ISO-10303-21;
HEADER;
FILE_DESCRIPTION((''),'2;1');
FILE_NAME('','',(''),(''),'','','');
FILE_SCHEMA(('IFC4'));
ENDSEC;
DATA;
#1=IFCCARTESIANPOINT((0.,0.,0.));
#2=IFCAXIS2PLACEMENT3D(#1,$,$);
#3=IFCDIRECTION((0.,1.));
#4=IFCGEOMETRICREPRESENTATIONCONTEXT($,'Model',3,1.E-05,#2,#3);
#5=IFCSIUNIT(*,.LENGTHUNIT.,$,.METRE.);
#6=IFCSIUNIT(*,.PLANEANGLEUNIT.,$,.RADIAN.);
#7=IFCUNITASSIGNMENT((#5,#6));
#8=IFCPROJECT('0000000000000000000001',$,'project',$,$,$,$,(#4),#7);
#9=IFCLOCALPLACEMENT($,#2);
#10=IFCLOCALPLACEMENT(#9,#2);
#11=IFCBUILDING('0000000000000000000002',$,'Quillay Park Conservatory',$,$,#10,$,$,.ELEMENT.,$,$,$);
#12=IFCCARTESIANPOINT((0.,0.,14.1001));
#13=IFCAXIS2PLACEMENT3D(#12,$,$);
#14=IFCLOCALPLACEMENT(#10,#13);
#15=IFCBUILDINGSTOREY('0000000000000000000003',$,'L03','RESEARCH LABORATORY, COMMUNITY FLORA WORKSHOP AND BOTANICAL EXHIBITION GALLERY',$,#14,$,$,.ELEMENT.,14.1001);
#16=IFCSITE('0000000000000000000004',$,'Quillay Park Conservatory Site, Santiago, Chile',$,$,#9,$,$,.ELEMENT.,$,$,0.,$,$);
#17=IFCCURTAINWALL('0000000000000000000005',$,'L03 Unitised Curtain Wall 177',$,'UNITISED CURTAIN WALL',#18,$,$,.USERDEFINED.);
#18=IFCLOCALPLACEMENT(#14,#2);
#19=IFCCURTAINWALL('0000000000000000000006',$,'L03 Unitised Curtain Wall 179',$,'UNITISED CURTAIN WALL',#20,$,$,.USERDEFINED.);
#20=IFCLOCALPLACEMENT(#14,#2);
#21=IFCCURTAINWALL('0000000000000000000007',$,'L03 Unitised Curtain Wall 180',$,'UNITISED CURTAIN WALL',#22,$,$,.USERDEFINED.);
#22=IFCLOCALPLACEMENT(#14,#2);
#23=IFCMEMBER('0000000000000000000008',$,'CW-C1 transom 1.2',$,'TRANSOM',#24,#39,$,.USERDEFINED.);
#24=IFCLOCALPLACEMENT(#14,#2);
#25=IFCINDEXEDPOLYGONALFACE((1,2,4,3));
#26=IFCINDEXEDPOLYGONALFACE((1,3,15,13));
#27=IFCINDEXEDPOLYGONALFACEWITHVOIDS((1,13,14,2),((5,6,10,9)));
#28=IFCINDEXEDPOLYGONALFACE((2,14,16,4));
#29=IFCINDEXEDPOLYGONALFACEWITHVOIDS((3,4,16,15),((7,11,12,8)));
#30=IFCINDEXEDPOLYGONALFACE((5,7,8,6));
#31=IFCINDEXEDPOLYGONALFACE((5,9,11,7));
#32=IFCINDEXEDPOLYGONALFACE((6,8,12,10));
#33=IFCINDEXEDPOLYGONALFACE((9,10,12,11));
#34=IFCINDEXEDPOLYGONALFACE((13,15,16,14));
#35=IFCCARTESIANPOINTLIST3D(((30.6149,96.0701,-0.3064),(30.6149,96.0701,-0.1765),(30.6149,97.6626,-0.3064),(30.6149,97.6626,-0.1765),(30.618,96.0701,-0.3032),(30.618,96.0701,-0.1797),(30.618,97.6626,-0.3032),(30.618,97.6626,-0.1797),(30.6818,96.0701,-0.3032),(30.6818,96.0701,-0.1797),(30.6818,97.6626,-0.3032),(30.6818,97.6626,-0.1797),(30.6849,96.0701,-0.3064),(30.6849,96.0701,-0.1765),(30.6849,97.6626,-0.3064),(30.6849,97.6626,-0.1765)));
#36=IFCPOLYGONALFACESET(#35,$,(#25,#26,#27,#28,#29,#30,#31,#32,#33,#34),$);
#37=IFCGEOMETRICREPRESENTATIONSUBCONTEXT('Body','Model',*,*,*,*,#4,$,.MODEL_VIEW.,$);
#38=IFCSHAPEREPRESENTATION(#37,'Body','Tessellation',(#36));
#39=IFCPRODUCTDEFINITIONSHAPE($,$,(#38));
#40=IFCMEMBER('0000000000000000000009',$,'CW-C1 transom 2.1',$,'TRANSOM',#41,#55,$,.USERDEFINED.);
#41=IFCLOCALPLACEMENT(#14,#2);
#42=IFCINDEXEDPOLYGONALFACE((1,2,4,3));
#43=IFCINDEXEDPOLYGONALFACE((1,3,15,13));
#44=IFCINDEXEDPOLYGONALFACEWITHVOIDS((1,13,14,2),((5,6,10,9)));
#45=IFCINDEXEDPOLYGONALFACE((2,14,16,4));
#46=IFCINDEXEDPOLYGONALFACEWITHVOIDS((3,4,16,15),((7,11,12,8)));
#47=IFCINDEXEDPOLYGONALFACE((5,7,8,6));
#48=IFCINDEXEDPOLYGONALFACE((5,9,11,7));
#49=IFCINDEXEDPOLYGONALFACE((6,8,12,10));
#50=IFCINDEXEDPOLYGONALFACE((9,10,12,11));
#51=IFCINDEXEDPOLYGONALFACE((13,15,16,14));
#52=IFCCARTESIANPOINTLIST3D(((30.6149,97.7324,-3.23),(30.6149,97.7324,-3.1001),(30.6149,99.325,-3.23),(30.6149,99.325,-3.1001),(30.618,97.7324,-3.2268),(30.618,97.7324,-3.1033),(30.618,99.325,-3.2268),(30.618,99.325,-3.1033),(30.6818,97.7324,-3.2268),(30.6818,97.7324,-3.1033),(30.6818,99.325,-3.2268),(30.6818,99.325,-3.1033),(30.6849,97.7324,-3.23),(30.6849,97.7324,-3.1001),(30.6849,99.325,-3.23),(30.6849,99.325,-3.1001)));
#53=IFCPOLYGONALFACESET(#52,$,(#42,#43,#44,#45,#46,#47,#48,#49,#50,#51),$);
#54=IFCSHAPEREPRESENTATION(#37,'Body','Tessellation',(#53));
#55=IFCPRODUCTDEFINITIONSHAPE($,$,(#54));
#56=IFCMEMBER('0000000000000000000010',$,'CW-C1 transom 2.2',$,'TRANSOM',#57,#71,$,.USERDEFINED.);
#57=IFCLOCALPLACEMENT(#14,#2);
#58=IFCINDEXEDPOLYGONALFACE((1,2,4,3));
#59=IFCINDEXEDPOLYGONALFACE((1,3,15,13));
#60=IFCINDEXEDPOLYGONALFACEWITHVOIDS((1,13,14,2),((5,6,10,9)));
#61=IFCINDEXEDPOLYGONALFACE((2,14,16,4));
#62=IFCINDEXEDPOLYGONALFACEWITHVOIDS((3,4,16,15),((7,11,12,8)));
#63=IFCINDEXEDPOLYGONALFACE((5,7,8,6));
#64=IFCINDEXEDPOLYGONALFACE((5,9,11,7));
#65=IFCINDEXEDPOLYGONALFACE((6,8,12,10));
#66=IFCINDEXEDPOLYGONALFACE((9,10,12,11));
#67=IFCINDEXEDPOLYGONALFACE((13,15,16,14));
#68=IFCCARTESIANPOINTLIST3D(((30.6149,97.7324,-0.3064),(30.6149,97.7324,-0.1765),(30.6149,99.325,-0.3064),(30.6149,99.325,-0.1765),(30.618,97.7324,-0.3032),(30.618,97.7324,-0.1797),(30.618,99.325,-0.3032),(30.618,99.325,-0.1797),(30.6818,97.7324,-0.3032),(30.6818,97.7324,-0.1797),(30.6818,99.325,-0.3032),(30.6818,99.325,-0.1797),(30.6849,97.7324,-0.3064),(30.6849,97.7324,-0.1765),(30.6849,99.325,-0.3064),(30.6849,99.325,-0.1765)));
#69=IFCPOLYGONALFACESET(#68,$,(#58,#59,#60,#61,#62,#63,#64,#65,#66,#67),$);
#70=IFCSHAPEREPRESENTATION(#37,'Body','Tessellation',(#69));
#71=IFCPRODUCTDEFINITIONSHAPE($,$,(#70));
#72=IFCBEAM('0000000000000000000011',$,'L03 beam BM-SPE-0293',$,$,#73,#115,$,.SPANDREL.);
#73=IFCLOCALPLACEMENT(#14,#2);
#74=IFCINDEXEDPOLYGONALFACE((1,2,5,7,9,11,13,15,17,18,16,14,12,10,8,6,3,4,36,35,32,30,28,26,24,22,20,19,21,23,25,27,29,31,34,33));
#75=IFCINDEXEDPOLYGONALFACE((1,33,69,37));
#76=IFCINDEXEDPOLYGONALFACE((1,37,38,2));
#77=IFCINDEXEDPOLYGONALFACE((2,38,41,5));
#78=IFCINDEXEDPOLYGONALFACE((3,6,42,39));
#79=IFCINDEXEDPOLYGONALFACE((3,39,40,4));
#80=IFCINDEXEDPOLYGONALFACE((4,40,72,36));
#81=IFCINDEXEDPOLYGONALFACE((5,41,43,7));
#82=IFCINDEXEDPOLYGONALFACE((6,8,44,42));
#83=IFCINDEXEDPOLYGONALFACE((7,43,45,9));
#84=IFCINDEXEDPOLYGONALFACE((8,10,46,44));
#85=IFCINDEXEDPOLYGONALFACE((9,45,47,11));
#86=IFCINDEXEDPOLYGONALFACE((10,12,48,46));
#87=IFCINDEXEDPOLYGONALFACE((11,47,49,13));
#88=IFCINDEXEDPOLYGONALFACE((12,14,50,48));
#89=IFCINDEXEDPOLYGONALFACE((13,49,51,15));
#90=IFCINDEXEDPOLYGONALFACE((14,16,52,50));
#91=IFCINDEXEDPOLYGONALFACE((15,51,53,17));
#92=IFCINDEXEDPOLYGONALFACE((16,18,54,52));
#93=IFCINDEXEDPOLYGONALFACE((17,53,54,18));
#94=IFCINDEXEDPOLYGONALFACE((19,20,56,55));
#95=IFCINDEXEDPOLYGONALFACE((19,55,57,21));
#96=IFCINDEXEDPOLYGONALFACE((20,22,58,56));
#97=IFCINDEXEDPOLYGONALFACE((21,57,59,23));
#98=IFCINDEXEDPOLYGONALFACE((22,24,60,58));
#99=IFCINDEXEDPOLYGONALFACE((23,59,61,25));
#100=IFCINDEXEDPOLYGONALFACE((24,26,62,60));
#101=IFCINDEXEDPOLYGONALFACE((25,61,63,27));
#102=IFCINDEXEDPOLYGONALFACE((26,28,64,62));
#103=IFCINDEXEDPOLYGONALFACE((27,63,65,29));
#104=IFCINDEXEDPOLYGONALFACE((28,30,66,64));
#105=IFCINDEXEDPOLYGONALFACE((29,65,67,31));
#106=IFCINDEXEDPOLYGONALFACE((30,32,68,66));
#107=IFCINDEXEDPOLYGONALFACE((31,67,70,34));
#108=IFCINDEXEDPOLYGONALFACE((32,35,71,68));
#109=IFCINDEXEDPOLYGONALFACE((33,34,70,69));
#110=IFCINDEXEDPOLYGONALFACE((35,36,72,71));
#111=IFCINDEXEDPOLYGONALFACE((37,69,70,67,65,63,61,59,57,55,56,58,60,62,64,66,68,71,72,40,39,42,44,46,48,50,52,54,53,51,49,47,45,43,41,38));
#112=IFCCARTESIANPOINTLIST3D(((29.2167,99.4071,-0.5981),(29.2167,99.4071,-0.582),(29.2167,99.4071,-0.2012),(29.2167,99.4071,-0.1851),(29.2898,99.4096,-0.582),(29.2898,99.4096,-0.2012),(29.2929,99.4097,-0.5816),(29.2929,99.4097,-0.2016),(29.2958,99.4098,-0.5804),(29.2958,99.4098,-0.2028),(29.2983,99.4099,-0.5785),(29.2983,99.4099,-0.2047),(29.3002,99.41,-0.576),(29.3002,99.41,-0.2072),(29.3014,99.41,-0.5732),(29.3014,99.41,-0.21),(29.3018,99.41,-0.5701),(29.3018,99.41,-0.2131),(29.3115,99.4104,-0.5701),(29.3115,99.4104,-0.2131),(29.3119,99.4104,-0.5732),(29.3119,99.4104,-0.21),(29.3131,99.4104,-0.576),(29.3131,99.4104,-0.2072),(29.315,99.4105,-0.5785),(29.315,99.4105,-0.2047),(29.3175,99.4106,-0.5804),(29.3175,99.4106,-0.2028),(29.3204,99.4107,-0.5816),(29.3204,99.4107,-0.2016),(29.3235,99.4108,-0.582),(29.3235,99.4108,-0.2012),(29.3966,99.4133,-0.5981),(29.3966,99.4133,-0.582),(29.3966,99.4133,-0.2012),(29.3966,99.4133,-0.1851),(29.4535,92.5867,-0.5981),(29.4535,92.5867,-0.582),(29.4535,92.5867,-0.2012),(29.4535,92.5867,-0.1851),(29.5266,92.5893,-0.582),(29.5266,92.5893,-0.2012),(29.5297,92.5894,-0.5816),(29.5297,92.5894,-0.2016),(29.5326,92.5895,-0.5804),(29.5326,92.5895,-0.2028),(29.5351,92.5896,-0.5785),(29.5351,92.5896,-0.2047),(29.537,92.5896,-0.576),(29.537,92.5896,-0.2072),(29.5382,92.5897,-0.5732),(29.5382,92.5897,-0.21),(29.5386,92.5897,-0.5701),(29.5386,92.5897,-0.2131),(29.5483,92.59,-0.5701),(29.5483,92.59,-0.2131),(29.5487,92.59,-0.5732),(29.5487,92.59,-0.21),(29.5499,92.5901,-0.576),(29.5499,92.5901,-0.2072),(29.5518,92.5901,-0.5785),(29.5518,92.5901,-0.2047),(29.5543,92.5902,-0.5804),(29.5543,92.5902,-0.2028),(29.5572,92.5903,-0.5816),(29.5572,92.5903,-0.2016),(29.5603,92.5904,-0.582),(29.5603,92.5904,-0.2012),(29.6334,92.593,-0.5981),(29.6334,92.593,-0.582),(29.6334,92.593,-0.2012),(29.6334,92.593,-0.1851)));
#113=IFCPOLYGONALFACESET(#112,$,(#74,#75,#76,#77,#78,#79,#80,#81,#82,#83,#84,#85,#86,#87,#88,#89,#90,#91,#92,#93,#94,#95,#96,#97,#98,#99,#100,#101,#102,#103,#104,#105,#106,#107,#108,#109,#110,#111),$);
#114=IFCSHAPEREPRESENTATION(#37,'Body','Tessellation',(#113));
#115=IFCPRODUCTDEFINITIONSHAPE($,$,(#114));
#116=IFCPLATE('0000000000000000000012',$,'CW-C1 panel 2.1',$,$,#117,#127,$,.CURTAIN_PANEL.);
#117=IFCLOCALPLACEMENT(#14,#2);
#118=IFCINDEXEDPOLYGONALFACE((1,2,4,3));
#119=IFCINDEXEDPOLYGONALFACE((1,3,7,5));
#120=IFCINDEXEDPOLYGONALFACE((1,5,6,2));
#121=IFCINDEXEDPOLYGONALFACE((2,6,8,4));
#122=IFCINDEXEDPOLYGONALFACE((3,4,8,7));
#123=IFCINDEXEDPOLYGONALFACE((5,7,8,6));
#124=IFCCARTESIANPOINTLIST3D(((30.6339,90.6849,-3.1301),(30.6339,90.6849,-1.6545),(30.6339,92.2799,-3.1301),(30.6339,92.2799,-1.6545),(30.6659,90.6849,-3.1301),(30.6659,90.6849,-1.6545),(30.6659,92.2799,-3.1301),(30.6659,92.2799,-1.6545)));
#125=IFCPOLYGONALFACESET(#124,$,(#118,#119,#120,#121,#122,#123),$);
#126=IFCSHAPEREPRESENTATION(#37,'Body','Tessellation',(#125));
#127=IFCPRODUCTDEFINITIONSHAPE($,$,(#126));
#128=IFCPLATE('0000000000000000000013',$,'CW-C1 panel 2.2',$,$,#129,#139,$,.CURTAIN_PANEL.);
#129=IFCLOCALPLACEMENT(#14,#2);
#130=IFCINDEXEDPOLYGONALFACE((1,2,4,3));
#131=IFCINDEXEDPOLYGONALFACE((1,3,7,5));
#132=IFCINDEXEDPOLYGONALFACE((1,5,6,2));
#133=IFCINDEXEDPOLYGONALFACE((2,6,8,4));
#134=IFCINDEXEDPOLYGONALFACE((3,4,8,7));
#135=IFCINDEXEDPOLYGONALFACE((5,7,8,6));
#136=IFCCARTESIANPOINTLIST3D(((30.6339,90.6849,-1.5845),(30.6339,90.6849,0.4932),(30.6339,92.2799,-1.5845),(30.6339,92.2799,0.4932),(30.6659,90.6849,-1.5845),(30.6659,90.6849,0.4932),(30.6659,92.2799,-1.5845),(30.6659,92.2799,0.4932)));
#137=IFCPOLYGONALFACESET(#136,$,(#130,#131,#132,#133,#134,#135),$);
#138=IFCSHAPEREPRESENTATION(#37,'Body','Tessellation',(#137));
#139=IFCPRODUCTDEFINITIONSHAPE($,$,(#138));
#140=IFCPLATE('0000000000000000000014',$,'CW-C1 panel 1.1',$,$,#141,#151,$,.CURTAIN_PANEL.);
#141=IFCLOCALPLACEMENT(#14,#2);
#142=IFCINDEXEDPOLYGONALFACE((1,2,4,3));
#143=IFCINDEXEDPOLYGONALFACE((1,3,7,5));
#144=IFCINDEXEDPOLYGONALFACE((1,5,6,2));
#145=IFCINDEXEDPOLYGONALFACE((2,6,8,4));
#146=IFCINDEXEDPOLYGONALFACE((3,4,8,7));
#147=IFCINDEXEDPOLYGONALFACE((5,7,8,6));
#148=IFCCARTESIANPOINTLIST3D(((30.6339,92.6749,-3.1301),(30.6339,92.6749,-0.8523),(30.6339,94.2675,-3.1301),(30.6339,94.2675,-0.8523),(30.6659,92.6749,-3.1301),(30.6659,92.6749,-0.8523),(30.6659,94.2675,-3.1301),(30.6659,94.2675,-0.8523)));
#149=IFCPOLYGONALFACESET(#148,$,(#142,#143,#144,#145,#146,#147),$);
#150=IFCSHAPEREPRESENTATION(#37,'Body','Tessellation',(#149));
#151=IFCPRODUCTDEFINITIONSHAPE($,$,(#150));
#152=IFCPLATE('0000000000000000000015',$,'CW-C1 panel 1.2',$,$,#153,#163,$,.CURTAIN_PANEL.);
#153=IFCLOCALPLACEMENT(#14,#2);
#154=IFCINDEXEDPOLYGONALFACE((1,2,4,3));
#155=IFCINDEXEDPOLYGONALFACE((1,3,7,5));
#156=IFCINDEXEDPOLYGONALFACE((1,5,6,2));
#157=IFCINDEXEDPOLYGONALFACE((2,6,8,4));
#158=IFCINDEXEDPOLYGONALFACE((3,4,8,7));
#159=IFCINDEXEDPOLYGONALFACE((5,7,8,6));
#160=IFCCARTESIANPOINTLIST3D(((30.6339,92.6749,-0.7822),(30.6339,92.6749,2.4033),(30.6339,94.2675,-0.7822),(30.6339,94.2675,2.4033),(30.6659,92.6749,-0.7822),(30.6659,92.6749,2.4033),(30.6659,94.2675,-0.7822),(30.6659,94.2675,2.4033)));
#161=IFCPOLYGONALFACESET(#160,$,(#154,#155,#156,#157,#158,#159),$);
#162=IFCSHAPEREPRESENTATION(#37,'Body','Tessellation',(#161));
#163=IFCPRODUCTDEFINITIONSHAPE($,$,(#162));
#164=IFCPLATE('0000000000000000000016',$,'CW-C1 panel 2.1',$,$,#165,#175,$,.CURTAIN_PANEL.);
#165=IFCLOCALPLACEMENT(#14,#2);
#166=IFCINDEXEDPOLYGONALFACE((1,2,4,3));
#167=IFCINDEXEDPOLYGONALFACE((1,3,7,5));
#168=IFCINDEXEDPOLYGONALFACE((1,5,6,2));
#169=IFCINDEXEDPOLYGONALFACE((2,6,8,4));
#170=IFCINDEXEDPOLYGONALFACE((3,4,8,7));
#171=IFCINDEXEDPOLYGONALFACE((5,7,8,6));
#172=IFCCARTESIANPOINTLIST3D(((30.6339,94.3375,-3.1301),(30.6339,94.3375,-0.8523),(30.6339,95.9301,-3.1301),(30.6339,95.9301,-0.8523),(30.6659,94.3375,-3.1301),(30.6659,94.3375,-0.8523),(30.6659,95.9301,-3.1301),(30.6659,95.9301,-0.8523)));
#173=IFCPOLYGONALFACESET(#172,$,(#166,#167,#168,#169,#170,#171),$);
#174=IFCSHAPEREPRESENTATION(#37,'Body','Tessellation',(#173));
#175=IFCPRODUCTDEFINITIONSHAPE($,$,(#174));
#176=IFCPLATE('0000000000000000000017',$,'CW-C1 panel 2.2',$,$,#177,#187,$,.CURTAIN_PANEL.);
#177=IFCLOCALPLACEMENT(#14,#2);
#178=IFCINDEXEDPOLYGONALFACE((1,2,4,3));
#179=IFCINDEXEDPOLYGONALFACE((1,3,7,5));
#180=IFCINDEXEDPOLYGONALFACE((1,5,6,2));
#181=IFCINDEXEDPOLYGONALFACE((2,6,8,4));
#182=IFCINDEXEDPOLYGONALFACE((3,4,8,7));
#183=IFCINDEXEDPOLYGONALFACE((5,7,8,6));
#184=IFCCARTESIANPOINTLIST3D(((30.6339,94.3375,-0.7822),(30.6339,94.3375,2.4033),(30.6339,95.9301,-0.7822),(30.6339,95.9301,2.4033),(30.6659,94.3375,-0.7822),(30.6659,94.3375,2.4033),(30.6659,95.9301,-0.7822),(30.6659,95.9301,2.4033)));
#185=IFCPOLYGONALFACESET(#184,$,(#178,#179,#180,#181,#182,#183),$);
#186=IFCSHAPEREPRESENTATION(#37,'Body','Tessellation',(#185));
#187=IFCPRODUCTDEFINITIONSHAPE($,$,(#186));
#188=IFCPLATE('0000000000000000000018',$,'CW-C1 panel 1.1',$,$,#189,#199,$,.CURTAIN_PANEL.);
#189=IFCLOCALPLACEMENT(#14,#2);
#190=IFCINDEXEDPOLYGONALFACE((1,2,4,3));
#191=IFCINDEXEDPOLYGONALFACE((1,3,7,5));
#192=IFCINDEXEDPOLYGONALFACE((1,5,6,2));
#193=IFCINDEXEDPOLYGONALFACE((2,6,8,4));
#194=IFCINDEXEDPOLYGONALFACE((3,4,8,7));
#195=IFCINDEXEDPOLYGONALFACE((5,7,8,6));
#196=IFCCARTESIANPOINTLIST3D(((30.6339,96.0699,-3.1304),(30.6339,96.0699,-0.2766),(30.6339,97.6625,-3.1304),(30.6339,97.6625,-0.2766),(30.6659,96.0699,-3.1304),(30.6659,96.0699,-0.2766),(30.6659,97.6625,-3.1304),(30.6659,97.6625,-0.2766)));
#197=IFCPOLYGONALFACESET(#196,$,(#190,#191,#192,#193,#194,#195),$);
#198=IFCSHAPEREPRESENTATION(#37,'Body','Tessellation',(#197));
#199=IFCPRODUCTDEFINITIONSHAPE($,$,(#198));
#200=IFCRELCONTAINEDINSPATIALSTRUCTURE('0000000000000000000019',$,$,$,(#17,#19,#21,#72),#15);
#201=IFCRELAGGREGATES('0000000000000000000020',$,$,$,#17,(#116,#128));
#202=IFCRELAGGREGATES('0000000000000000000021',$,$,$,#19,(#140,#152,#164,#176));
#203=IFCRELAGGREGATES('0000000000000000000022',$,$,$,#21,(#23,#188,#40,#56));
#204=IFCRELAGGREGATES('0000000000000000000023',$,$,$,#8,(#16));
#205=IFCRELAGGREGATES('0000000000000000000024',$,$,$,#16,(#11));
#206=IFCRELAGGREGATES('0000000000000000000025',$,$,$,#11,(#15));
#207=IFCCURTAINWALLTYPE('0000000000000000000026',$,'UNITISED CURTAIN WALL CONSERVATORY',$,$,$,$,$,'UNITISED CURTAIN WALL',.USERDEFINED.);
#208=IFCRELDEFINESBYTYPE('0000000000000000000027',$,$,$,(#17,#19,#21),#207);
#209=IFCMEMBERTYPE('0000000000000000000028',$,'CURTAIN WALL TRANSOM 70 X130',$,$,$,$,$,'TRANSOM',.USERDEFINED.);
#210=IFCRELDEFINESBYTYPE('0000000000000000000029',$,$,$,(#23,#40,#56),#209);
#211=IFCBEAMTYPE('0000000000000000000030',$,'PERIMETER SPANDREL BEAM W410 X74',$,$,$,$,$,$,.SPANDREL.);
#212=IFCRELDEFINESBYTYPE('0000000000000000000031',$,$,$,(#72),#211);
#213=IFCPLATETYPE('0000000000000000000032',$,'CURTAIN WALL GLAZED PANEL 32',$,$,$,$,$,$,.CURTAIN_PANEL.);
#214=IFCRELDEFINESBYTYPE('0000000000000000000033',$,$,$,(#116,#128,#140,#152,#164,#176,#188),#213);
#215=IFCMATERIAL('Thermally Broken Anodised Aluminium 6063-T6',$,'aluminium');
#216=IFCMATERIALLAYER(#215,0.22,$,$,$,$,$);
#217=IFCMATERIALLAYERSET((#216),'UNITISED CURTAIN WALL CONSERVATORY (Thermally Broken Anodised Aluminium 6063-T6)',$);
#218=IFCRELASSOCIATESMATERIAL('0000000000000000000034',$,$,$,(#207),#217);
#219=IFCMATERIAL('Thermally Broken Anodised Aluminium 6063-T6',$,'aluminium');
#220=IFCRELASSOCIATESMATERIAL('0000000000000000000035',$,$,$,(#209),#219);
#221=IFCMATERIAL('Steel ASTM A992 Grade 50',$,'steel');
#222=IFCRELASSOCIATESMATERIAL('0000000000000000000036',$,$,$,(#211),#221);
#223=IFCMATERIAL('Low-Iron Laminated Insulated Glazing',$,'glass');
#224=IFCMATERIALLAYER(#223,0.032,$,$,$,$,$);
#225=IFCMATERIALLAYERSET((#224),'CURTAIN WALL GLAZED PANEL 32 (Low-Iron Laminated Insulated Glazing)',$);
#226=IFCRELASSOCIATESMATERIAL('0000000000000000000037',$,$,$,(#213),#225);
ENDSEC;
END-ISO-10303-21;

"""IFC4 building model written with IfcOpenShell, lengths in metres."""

from ifc_helpers import new_model, si_unit, direction, frame, origin, origin_2d, place, context, subcontext, project, spatial, rectangle, hollow_rectangle, i_section, extrude, material, layer, layer_set, material_profile, profile_set, type_object, element, aggregate, save


model = new_model("IFC4")

# Units and contexts
model_context = context("Model", 3, precision=1e-05, world=origin(), true_north=direction((0.0, 1.0)))
body_context = subcontext(model_context, "Body", "Model", "MODEL_VIEW")
ifc_project = project(units=[si_unit("LENGTHUNIT", "METRE"), si_unit("PLANEANGLEUNIT", "RADIAN")], contexts=[model_context])

# Site, building, storey
site_placement = place(None, origin())
site = spatial("IfcSite", under=ifc_project, at=site_placement, Name="Quillay Park Conservatory Site, Santiago, Chile", CompositionType="ELEMENT", RefElevation=0.0)
building_placement = place(site_placement, origin())
building = spatial("IfcBuilding", under=site, at=building_placement, Name="Quillay Park Conservatory", CompositionType="ELEMENT")
storey_placement = place(building_placement, frame((0.0, 0.0, 14.1001)))
storey = spatial("IfcBuildingStorey", under=building, at=storey_placement, Name="L03", Description="RESEARCH LABORATORY, COMMUNITY FLORA WORKSHOP AND BOTANICAL EXHIBITION GALLERY", CompositionType="ELEMENT", Elevation=14.1001)

# Curtain wall
ifc_material_1 = material(Name="Thermally Broken Anodised Aluminium 6063-T6", Category="aluminium")
ifc_layer_1 = layer(ifc_material_1, 0.22)
ifc_layer_set_1 = layer_set([ifc_layer_1], Name="UNITISED CURTAIN WALL CONSERVATORY (Thermally Broken Anodised Aluminium 6063-T6)")
curtain_wall_type = type_object("IfcCurtainWallType", Name="UNITISED CURTAIN WALL CONSERVATORY", ElementType="UNITISED CURTAIN WALL", PredefinedType="USERDEFINED", material=ifc_layer_set_1)
curtain_wall_1_placement = place(storey_placement, origin())
curtain_wall_1 = element("IfcCurtainWall", 1, at=curtain_wall_1_placement, inside=storey, type_object=curtain_wall_type, Name="L03 Unitised Curtain Wall 177", ObjectType="UNITISED CURTAIN WALL", PredefinedType="USERDEFINED")

# Curtain walls
curtain_wall_2_placement = place(storey_placement, origin())
curtain_wall_2 = element("IfcCurtainWall", 2, at=curtain_wall_2_placement, inside=storey, type_object=curtain_wall_type, Name="L03 Unitised Curtain Wall 179", ObjectType="UNITISED CURTAIN WALL", PredefinedType="USERDEFINED")
curtain_wall_3_placement = place(storey_placement, origin())
curtain_wall_3 = element("IfcCurtainWall", 3, at=curtain_wall_3_placement, inside=storey, type_object=curtain_wall_type, Name="L03 Unitised Curtain Wall 180", ObjectType="UNITISED CURTAIN WALL", PredefinedType="USERDEFINED")

# Members
ifc_material_2 = material(Name="Thermally Broken Anodised Aluminium 6063-T6", Category="aluminium")
ifc_material_profile_1 = material_profile(ifc_material_2, hollow_rectangle(XDim=0.0701, YDim=0.1299, WallThickness=0.0032, at=origin_2d()), Name="AL70x130x3.2")
ifc_profile_set_1 = profile_set([ifc_material_profile_1], Name="Thermally Broken Anodised Aluminium 6063-T6")
member_type_1 = type_object("IfcMemberType", Name="CURTAIN WALL TRANSOM 70 X130", ElementType="TRANSOM", PredefinedType="USERDEFINED", material=ifc_profile_set_1)
member_1_placement = place(storey_placement, frame((30.6499, 96.0701, -0.2415), z_axis=(0.0, 1.0, 0.0), x_axis=(-1.0, 0.0, 0.0)))
member_1 = element("IfcMember", 4, at=member_1_placement, type_object=member_type_1, Name="CW-C1 transom 1.2", ObjectType="TRANSOM", PredefinedType="USERDEFINED", context=body_context, shape_type="SweptSolid", body=[
    extrude(hollow_rectangle(XDim=0.0701, YDim=0.1299, WallThickness=0.0032, at=origin_2d()), origin(), (0.0, 0.0, 1.0), 1.5925),
])
member_2_placement = place(storey_placement, frame((30.6499, 97.7324, -3.165), z_axis=(0.0, 1.0, 0.0), x_axis=(-1.0, 0.0, 0.0)))
member_2 = element("IfcMember", 5, at=member_2_placement, type_object=member_type_1, Name="CW-C1 transom 2.1", ObjectType="TRANSOM", PredefinedType="USERDEFINED", context=body_context, shape_type="SweptSolid", body=[
    extrude(hollow_rectangle(XDim=0.0701, YDim=0.1299, WallThickness=0.0032, at=origin_2d()), origin(), (0.0, 0.0, 1.0), 1.5925),
])
member_3_placement = place(storey_placement, frame((30.6499, 97.7324, -0.2415), z_axis=(0.0, 1.0, 0.0), x_axis=(-1.0, 0.0, 0.0)))
member_3 = element("IfcMember", 6, at=member_3_placement, type_object=member_type_1, Name="CW-C1 transom 2.2", ObjectType="TRANSOM", PredefinedType="USERDEFINED", context=body_context, shape_type="SweptSolid", body=[
    extrude(hollow_rectangle(XDim=0.0701, YDim=0.1299, WallThickness=0.0032, at=origin_2d()), origin(), (0.0, 0.0, 1.0), 1.5925),
])

# Beam
ifc_material_3 = material(Name="Steel ASTM A992 Grade 50", Category="steel")
ifc_material_profile_2 = material_profile(ifc_material_3, i_section(OverallWidth=0.1799, OverallDepth=0.4131, WebThickness=0.0098, FlangeThickness=0.0161, FilletRadius=0.012, at=origin_2d()), Name="W410x74")
ifc_profile_set_2 = profile_set([ifc_material_profile_2], Name="Steel ASTM A992 Grade 50")
beam_type = type_object("IfcBeamType", Name="PERIMETER SPANDREL BEAM W410 X74", PredefinedType="SPANDREL", material=ifc_profile_set_2)
beam_placement = place(storey_placement, frame((29.5435, 92.5898, -0.3916), z_axis=(-0.034701, 0.999398, 0.0), x_axis=(-0.999398, -0.034701, 0.0)))
element("IfcBeam", 7, at=beam_placement, inside=storey, type_object=beam_type, Name="L03 beam BM-SPE-0293", PredefinedType="SPANDREL", context=body_context, shape_type="SweptSolid", body=[
    extrude(i_section(OverallWidth=0.1799, OverallDepth=0.4131, WebThickness=0.0098, FlangeThickness=0.0161, FilletRadius=0.012, at=origin_2d()), origin(), (0.0, 0.0, 1.0), 6.8245),
])

# Plates
ifc_material_4 = material(Name="Low-Iron Laminated Insulated Glazing", Category="glass")
ifc_layer_2 = layer(ifc_material_4, 0.032)
ifc_layer_set_2 = layer_set([ifc_layer_2], Name="CURTAIN WALL GLAZED PANEL 32 (Low-Iron Laminated Insulated Glazing)")
plate_type = type_object("IfcPlateType", Name="CURTAIN WALL GLAZED PANEL 32", PredefinedType="CURTAIN_PANEL", material=ifc_layer_set_2)
plate_1_placement = place(storey_placement, frame((30.6499, 91.4824, -3.1301), z_axis=(0.0, 0.0, 1.0), x_axis=(0.0, 1.0, 0.0)))
plate_1 = element("IfcPlate", 8, at=plate_1_placement, type_object=plate_type, Name="CW-C1 panel 2.1", PredefinedType="CURTAIN_PANEL", context=body_context, shape_type="SweptSolid", body=[
    extrude(rectangle(XDim=1.595, YDim=0.032, at=origin_2d()), origin(), (0.0, 0.0, 1.0), 1.4756),
])
plate_2_placement = place(storey_placement, frame((30.6499, 91.4824, -1.5845), z_axis=(0.0, 0.0, 1.0), x_axis=(0.0, 1.0, 0.0)))
plate_2 = element("IfcPlate", 9, at=plate_2_placement, type_object=plate_type, Name="CW-C1 panel 2.2", PredefinedType="CURTAIN_PANEL", context=body_context, shape_type="SweptSolid", body=[
    extrude(rectangle(XDim=1.595, YDim=0.032, at=origin_2d()), origin(), (0.0, 0.0, 1.0), 2.0776),
])
aggregate(curtain_wall_1, [plate_1, plate_2])
plate_3_placement = place(storey_placement, frame((30.6499, 93.4712, -3.1301), z_axis=(0.0, 0.0, 1.0), x_axis=(0.0, 1.0, 0.0)))
plate_3 = element("IfcPlate", 10, at=plate_3_placement, type_object=plate_type, Name="CW-C1 panel 1.1", PredefinedType="CURTAIN_PANEL", context=body_context, shape_type="SweptSolid", body=[
    extrude(rectangle(XDim=1.5925, YDim=0.032, at=origin_2d()), origin(), (0.0, 0.0, 1.0), 2.2778),
])
plate_4_placement = place(storey_placement, frame((30.6499, 93.4712, -0.7822), z_axis=(0.0, 0.0, 1.0), x_axis=(0.0, 1.0, 0.0)))
plate_4 = element("IfcPlate", 11, at=plate_4_placement, type_object=plate_type, Name="CW-C1 panel 1.2", PredefinedType="CURTAIN_PANEL", context=body_context, shape_type="SweptSolid", body=[
    extrude(rectangle(XDim=1.5925, YDim=0.032, at=origin_2d()), origin(), (0.0, 0.0, 1.0), 3.1855),
])
plate_5_placement = place(storey_placement, frame((30.6499, 95.1338, -3.1301), z_axis=(0.0, 0.0, 1.0), x_axis=(0.0, 1.0, 0.0)))
plate_5 = element("IfcPlate", 12, at=plate_5_placement, type_object=plate_type, Name="CW-C1 panel 2.1", PredefinedType="CURTAIN_PANEL", context=body_context, shape_type="SweptSolid", body=[
    extrude(rectangle(XDim=1.5925, YDim=0.032, at=origin_2d()), origin(), (0.0, 0.0, 1.0), 2.2778),
])
plate_6_placement = place(storey_placement, frame((30.6499, 95.1338, -0.7822), z_axis=(0.0, 0.0, 1.0), x_axis=(0.0, 1.0, 0.0)))
plate_6 = element("IfcPlate", 13, at=plate_6_placement, type_object=plate_type, Name="CW-C1 panel 2.2", PredefinedType="CURTAIN_PANEL", context=body_context, shape_type="SweptSolid", body=[
    extrude(rectangle(XDim=1.5925, YDim=0.032, at=origin_2d()), origin(), (0.0, 0.0, 1.0), 3.1855),
])
aggregate(curtain_wall_2, [plate_3, plate_4, plate_5, plate_6])
plate_7_placement = place(storey_placement, frame((30.6499, 96.8662, -3.1304), z_axis=(0.0, 0.0, 1.0), x_axis=(0.0, 1.0, 0.0)))
plate_7 = element("IfcPlate", 14, at=plate_7_placement, type_object=plate_type, Name="CW-C1 panel 1.1", PredefinedType="CURTAIN_PANEL", context=body_context, shape_type="SweptSolid", body=[
    extrude(rectangle(XDim=1.5925, YDim=0.032, at=origin_2d()), origin(), (0.0, 0.0, 1.0), 2.8538),
])
aggregate(curtain_wall_3, [member_1, plate_7, member_2, member_3])

save(model, "model.ifc")
